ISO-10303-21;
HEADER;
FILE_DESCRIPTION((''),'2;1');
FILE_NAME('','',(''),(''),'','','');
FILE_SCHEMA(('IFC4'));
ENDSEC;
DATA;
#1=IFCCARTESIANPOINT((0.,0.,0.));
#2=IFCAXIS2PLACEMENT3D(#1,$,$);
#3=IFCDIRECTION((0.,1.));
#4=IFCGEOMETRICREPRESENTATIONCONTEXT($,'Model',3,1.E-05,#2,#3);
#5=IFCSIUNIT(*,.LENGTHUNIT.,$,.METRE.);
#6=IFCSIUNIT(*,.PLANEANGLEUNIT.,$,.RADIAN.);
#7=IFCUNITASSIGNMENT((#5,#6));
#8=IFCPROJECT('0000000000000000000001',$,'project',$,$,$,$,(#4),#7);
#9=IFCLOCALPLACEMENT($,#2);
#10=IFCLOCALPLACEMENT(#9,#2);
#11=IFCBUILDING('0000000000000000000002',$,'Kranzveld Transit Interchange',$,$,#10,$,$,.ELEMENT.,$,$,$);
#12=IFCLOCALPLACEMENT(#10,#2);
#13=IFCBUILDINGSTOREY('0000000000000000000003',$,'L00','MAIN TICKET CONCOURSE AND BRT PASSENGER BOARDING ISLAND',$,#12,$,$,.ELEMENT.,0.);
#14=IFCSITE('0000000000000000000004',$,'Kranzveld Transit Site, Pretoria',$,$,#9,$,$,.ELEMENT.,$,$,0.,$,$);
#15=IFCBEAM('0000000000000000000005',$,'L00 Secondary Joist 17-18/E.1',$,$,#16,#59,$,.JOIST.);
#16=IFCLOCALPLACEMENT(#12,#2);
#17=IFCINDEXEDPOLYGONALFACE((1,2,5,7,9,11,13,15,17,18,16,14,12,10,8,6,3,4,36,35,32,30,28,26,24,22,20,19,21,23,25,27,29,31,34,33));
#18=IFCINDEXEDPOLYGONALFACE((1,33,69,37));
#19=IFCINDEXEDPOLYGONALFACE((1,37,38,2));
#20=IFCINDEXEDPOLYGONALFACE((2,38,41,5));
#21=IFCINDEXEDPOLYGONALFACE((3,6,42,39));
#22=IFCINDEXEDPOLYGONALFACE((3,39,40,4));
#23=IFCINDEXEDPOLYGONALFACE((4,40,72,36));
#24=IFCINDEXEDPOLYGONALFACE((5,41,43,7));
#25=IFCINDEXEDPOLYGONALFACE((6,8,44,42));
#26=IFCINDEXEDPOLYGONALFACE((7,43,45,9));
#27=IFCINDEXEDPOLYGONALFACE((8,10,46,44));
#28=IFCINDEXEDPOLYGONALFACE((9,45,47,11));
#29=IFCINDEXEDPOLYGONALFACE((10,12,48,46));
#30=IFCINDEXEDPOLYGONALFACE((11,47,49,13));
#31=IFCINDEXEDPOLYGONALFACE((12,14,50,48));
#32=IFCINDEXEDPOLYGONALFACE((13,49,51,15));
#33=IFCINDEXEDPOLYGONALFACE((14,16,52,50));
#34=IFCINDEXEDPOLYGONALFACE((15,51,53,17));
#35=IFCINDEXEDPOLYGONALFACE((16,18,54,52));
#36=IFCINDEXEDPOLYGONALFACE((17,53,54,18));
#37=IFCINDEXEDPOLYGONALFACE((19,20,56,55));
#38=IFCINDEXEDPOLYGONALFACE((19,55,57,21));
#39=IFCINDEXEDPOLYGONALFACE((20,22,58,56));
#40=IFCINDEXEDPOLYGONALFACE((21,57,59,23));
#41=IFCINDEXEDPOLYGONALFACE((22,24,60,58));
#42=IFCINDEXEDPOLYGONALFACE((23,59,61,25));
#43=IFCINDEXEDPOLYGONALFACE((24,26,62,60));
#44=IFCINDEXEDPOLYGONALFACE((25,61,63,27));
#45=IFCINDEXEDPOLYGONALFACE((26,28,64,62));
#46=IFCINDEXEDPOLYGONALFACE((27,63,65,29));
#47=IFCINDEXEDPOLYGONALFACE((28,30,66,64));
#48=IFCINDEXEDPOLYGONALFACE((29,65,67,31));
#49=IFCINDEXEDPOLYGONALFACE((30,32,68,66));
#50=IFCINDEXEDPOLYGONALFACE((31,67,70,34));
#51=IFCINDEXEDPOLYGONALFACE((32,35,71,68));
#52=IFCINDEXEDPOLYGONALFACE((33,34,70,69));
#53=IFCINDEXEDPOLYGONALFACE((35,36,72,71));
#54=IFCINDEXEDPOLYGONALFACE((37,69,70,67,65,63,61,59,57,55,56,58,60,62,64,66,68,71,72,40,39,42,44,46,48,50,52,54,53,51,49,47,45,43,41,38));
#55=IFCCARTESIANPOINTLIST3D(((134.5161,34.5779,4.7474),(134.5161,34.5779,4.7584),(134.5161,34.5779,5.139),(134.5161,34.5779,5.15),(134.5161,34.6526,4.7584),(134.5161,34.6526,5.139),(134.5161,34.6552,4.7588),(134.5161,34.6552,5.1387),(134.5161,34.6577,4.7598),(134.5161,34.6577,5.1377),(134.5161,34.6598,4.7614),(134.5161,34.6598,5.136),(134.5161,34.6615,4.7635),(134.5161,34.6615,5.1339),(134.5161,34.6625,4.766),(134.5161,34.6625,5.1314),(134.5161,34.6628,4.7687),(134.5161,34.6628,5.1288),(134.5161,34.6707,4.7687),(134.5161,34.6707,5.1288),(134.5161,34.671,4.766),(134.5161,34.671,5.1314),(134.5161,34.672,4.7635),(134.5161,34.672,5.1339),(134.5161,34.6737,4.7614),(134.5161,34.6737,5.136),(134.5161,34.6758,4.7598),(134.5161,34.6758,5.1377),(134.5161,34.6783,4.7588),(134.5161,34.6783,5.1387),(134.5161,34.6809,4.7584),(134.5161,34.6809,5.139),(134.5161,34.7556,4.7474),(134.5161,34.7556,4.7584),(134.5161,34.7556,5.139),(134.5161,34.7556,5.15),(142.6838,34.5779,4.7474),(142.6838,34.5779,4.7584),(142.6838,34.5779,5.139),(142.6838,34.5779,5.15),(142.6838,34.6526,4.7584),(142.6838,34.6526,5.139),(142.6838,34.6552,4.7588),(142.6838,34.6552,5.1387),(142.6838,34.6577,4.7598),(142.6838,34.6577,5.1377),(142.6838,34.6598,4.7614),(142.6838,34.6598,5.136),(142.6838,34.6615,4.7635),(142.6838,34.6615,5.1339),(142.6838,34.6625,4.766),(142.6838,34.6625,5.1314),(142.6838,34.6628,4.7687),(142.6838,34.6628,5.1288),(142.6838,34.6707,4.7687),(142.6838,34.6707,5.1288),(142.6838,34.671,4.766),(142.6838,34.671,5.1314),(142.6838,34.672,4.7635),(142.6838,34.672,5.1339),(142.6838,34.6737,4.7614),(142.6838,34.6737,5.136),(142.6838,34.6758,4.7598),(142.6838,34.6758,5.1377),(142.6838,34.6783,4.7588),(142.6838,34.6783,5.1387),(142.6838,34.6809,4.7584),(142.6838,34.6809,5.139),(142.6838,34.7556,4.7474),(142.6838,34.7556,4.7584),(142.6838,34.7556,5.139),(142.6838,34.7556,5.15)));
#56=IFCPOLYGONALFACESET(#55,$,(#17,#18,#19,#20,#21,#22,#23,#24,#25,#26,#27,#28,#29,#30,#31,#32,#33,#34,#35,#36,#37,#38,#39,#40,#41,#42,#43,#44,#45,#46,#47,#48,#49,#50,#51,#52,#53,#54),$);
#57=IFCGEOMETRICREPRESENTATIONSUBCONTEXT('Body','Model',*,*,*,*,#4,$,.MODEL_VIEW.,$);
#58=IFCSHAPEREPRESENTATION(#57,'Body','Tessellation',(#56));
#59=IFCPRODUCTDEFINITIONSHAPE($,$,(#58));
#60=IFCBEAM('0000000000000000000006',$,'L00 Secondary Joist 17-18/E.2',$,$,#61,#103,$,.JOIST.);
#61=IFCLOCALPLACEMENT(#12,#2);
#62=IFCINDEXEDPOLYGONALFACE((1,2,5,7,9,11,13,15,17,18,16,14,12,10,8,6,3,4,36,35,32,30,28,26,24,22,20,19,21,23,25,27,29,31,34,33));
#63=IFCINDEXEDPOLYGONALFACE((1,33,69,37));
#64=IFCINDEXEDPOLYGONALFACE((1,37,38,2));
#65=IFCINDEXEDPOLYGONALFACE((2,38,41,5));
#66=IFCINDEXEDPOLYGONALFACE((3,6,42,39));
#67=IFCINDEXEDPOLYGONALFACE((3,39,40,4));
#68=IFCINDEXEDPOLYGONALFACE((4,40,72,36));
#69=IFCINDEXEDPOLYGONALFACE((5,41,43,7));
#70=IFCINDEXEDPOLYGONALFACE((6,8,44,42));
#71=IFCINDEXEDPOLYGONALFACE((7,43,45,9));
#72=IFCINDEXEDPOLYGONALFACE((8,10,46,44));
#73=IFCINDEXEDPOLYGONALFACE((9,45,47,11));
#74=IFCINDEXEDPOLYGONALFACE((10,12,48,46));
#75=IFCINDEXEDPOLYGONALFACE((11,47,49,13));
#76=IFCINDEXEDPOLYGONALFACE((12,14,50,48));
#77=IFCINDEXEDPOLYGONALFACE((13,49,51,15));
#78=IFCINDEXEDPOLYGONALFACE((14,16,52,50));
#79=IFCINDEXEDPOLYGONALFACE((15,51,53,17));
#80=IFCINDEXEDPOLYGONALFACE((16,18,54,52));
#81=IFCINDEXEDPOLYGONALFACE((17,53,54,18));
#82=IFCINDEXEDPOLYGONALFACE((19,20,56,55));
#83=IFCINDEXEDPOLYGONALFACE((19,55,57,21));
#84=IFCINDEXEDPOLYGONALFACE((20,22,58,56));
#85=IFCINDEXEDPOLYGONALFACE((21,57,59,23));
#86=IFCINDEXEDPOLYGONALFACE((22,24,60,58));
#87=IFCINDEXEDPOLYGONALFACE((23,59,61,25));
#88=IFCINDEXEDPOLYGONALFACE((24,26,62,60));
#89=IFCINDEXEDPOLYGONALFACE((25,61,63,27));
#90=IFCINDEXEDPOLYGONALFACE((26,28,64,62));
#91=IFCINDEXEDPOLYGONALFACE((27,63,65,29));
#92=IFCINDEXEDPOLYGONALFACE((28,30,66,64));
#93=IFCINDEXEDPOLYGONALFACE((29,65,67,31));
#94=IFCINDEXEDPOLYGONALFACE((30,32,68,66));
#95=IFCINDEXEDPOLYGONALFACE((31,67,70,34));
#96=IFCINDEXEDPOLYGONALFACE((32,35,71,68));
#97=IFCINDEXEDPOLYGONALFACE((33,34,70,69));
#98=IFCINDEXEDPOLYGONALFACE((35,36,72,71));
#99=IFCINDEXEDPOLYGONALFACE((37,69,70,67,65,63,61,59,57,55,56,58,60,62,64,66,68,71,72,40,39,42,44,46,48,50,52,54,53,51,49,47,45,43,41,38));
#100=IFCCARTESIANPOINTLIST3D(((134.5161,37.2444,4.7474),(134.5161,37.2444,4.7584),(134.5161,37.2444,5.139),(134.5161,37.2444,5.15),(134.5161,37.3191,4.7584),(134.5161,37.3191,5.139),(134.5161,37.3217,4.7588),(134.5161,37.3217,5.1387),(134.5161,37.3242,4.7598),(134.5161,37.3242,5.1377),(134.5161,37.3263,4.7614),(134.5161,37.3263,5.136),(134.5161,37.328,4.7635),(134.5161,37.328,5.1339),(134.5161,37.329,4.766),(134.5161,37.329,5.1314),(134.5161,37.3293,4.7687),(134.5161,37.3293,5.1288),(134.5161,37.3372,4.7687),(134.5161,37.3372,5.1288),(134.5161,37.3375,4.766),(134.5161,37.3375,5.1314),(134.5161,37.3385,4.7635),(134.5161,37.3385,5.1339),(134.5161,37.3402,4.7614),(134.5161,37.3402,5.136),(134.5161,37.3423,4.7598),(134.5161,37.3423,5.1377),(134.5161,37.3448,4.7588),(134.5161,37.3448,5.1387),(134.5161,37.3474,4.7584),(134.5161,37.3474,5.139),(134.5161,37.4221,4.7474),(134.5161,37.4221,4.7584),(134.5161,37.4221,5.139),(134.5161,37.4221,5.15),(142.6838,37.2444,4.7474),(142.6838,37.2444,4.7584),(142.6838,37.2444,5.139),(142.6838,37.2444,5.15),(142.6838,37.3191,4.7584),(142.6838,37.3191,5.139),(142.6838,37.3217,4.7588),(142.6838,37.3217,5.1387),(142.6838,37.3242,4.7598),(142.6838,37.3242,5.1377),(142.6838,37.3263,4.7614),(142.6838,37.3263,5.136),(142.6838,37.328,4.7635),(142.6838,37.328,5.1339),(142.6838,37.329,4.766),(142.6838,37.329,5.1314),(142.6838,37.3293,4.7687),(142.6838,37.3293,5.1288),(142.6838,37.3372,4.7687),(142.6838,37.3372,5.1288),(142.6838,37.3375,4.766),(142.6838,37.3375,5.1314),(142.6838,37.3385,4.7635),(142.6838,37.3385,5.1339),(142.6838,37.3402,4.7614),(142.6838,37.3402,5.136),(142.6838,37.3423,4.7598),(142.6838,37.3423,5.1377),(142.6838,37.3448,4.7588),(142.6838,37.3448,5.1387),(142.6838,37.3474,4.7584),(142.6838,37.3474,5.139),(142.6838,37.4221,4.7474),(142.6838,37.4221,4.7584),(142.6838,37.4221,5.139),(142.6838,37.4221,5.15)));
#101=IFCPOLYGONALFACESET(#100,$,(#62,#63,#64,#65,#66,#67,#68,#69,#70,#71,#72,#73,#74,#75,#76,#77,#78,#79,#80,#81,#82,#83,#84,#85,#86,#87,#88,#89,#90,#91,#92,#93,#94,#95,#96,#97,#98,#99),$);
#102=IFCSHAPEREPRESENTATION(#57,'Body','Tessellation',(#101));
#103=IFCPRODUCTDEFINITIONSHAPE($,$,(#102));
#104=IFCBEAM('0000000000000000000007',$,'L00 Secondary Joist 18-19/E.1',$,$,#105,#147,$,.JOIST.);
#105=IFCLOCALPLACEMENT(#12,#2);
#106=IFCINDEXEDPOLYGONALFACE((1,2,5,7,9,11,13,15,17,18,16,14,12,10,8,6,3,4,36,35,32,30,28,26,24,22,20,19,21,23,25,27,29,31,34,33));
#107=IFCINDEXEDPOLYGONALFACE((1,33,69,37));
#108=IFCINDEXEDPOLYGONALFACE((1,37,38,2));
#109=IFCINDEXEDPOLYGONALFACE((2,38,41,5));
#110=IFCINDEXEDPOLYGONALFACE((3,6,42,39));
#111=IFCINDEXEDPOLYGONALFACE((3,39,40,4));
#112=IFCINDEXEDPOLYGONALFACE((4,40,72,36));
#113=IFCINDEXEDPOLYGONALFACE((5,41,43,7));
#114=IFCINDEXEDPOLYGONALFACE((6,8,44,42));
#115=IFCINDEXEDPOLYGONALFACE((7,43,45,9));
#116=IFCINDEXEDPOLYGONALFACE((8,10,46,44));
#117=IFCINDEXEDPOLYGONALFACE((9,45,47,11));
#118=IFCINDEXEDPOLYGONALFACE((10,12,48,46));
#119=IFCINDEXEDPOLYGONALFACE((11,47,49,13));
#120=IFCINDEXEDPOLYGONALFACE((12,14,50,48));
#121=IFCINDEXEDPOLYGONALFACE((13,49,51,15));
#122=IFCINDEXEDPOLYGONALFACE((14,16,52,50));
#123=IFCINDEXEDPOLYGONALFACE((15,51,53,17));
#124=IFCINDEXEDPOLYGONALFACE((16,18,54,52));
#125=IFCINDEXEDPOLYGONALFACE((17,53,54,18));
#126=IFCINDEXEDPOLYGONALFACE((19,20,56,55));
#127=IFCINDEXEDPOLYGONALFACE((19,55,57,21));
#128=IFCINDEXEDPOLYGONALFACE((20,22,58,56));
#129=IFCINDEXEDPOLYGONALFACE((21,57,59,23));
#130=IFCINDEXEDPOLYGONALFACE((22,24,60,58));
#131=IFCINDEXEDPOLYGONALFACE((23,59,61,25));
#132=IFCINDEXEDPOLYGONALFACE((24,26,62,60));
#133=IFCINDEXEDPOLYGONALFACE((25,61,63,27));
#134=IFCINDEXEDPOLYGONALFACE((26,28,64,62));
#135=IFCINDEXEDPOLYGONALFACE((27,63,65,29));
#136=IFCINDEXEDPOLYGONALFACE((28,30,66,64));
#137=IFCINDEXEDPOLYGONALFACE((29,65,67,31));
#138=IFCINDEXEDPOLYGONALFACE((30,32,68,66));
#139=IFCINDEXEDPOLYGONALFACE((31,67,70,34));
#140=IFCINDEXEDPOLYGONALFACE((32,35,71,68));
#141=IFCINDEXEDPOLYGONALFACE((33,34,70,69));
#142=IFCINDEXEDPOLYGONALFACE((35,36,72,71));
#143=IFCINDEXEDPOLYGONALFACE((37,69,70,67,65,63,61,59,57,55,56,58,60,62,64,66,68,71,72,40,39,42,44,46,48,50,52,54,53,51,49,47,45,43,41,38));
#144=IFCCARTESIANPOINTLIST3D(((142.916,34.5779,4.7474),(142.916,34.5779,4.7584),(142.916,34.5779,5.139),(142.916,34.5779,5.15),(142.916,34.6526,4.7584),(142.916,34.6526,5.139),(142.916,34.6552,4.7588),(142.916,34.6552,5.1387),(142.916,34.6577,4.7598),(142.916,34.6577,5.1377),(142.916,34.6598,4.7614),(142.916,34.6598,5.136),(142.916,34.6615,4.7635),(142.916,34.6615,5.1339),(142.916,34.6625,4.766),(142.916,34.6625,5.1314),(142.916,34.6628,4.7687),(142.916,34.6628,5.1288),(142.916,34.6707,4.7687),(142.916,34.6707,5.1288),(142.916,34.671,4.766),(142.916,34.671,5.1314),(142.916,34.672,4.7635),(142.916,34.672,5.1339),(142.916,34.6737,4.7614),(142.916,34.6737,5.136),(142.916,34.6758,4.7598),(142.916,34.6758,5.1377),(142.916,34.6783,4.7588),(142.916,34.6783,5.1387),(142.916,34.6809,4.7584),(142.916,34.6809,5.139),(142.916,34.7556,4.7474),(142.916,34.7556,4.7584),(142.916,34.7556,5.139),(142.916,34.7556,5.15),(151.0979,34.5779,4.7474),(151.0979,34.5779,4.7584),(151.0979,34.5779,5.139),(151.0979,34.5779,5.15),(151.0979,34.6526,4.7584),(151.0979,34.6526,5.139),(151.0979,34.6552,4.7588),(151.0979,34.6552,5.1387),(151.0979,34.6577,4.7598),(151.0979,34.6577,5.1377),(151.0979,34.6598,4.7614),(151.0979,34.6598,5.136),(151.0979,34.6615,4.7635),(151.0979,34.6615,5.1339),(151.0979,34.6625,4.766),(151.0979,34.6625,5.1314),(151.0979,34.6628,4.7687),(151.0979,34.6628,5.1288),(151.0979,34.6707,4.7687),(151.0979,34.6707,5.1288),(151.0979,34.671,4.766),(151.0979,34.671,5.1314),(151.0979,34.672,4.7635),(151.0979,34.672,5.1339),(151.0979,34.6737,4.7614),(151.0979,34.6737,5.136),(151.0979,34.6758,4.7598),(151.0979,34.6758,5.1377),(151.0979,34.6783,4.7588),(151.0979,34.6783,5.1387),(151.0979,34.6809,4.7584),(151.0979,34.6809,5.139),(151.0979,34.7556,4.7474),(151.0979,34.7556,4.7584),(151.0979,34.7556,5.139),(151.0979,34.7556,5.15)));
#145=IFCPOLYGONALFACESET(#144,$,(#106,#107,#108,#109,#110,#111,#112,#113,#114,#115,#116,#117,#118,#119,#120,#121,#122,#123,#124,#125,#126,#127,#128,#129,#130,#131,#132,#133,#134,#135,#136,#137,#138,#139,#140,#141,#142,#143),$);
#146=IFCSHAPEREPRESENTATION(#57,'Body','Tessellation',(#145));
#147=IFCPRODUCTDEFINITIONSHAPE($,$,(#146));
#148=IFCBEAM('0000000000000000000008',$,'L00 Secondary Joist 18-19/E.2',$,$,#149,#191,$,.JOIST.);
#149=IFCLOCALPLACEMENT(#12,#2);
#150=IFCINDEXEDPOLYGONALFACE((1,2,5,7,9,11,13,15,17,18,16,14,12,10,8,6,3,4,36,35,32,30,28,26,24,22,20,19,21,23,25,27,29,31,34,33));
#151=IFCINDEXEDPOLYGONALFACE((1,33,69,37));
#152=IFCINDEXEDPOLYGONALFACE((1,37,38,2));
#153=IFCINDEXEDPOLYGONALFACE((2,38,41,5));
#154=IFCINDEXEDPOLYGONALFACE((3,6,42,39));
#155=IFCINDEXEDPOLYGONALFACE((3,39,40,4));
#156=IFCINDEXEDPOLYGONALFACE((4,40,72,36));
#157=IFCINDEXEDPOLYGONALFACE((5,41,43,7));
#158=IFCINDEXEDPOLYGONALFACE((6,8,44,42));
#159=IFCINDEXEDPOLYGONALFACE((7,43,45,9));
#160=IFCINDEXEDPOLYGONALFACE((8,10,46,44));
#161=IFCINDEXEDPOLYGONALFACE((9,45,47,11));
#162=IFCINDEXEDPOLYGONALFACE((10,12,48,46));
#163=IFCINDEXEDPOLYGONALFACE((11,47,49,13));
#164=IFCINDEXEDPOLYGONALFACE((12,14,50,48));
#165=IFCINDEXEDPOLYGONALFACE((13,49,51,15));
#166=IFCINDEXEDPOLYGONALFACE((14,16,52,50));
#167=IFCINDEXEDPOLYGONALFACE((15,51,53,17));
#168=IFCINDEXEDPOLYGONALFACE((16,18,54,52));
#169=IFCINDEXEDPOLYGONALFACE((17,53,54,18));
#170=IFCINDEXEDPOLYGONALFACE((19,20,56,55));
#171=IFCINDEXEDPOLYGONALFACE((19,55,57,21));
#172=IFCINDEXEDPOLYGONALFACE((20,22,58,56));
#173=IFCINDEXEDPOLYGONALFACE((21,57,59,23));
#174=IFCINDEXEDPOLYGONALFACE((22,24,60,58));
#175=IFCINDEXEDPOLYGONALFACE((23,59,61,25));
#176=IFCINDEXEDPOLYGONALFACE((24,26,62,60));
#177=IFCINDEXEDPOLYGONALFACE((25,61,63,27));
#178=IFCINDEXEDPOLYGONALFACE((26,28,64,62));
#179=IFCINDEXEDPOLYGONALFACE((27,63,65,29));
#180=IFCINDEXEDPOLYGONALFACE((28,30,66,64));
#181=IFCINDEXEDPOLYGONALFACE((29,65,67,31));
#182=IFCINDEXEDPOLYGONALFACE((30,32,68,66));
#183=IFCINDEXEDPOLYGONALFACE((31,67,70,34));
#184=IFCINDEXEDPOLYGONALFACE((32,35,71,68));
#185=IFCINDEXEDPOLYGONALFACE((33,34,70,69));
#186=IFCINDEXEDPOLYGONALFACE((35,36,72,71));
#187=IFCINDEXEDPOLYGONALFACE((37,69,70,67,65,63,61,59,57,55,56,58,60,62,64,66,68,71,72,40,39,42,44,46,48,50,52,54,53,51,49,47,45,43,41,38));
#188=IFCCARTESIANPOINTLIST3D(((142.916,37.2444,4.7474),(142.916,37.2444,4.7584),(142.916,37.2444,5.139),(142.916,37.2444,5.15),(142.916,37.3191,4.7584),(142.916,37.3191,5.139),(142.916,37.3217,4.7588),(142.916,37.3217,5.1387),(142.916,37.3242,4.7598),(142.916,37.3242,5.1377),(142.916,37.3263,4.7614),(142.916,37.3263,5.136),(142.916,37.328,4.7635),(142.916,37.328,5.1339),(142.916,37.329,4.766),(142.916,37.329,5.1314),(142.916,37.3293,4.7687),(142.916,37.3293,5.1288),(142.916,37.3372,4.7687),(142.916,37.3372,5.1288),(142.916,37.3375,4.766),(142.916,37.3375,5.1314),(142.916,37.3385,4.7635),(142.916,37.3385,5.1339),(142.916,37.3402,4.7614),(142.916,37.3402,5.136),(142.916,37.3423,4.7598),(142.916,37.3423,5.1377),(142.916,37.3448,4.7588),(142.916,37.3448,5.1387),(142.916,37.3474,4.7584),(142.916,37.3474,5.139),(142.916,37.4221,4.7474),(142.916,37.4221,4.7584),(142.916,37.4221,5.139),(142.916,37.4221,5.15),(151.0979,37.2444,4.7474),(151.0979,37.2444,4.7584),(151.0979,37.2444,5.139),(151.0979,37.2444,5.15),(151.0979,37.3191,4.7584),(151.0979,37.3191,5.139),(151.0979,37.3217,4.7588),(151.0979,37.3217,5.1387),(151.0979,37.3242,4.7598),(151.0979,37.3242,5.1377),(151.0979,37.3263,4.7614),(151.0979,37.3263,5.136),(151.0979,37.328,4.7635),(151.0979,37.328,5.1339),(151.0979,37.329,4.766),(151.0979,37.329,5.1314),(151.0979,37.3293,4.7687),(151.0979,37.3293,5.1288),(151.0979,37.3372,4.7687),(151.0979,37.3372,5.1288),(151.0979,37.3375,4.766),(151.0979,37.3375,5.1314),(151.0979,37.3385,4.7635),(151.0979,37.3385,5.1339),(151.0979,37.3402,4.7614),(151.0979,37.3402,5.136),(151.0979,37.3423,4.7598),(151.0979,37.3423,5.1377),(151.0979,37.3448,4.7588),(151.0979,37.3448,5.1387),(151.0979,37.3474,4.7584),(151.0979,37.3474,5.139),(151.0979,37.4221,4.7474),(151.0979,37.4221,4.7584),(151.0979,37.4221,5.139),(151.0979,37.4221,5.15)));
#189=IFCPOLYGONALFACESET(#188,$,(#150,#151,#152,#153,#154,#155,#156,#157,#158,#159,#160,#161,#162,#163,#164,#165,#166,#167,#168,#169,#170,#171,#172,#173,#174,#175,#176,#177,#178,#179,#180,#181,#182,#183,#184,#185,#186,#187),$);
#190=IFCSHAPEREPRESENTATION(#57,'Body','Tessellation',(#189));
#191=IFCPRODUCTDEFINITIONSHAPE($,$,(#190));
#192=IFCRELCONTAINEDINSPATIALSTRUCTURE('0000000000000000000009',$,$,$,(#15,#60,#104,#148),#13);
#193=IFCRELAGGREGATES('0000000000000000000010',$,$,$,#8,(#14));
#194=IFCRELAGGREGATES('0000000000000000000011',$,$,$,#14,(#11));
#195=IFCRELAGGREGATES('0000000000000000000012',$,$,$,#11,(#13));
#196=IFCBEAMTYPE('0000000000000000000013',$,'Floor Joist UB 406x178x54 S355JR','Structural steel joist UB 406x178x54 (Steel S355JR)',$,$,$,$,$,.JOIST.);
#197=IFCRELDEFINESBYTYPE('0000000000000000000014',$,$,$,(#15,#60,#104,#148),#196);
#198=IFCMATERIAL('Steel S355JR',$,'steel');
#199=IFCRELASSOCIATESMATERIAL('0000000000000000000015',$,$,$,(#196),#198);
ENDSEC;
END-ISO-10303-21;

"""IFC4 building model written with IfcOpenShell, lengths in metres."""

from ifc_helpers import new_model, si_unit, direction, frame, origin, origin_2d, place, context, subcontext, project, spatial, i_section, extrude, material, material_profile, profile_set, type_object, element, save


model = new_model("IFC4")

# Units and contexts
model_context = context("Model", 3, precision=1e-05, world=origin(), true_north=direction((0.0, 1.0)))
body_context = subcontext(model_context, "Body", "Model", "MODEL_VIEW")
ifc_project = project(units=[si_unit("LENGTHUNIT", "METRE"), si_unit("PLANEANGLEUNIT", "RADIAN")], contexts=[model_context])

# Site, building, storey
site_placement = place(None, origin())
site = spatial("IfcSite", under=ifc_project, at=site_placement, Name="Kranzveld Transit Site, Pretoria", CompositionType="ELEMENT", RefElevation=0.0)
building_placement = place(site_placement, origin())
building = spatial("IfcBuilding", under=site, at=building_placement, Name="Kranzveld Transit Interchange", CompositionType="ELEMENT")
storey_placement = place(building_placement, origin())
storey = spatial("IfcBuildingStorey", under=building, at=storey_placement, Name="L00", Description="MAIN TICKET CONCOURSE AND BRT PASSENGER BOARDING ISLAND", CompositionType="ELEMENT", Elevation=0.0)

# Beams
ifc_material_1 = material(Name="Steel S355JR", Category="steel")
ifc_material_profile_1 = material_profile(ifc_material_1, i_section(OverallWidth=0.1777, OverallDepth=0.4026, WebThickness=0.0078, FlangeThickness=0.011, FilletRadius=0.0103, at=origin_2d()), Name="UB 406x178x54")
ifc_profile_set_1 = profile_set([ifc_material_profile_1], Name="Steel S355JR")
beam_type_1 = type_object("IfcBeamType", Name="Floor Joist UB 406x178x54 S355JR", Description="Structural steel joist UB 406x178x54 (Steel S355JR)", PredefinedType="JOIST", material=ifc_profile_set_1)
for number, where, z_axis, x_axis, name in (
    (1, (134.5161, 34.6667, 4.9487), (1.0, 0.0, 0.0), (0.0, 1.0, 0.0), "L00 Secondary Joist 17-18/E.1"),
    (2, (134.5161, 37.3333, 4.9487), (1.0, 0.0, 0.0), (0.0, 1.0, 0.0), "L00 Secondary Joist 17-18/E.2"),
):
    element("IfcBeam", number, at=place(storey_placement, frame(where, z_axis=z_axis, x_axis=x_axis)), inside=storey, type_object=beam_type_1, Name=name, PredefinedType="JOIST", context=body_context, shape_type="SweptSolid", body=[
        extrude(i_section(OverallWidth=0.1777, OverallDepth=0.4026, WebThickness=0.0078, FlangeThickness=0.011, FilletRadius=0.0103, at=origin_2d()), origin(), (0.0, 0.0, 1.0), 8.1677),
    ])
for number, where, z_axis, x_axis, name in (
    (3, (142.916, 34.6667, 4.9487), (1.0, 0.0, 0.0), (0.0, 1.0, 0.0), "L00 Secondary Joist 18-19/E.1"),
    (4, (142.916, 37.3333, 4.9487), (1.0, 0.0, 0.0), (0.0, 1.0, 0.0), "L00 Secondary Joist 18-19/E.2"),
):
    element("IfcBeam", number, at=place(storey_placement, frame(where, z_axis=z_axis, x_axis=x_axis)), inside=storey, type_object=beam_type_1, Name=name, PredefinedType="JOIST", context=body_context, shape_type="SweptSolid", body=[
        extrude(i_section(OverallWidth=0.1777, OverallDepth=0.4026, WebThickness=0.0078, FlangeThickness=0.011, FilletRadius=0.0103, at=origin_2d()), origin(), (0.0, 0.0, 1.0), 8.1819),
    ])

save(model, "model.ifc")
